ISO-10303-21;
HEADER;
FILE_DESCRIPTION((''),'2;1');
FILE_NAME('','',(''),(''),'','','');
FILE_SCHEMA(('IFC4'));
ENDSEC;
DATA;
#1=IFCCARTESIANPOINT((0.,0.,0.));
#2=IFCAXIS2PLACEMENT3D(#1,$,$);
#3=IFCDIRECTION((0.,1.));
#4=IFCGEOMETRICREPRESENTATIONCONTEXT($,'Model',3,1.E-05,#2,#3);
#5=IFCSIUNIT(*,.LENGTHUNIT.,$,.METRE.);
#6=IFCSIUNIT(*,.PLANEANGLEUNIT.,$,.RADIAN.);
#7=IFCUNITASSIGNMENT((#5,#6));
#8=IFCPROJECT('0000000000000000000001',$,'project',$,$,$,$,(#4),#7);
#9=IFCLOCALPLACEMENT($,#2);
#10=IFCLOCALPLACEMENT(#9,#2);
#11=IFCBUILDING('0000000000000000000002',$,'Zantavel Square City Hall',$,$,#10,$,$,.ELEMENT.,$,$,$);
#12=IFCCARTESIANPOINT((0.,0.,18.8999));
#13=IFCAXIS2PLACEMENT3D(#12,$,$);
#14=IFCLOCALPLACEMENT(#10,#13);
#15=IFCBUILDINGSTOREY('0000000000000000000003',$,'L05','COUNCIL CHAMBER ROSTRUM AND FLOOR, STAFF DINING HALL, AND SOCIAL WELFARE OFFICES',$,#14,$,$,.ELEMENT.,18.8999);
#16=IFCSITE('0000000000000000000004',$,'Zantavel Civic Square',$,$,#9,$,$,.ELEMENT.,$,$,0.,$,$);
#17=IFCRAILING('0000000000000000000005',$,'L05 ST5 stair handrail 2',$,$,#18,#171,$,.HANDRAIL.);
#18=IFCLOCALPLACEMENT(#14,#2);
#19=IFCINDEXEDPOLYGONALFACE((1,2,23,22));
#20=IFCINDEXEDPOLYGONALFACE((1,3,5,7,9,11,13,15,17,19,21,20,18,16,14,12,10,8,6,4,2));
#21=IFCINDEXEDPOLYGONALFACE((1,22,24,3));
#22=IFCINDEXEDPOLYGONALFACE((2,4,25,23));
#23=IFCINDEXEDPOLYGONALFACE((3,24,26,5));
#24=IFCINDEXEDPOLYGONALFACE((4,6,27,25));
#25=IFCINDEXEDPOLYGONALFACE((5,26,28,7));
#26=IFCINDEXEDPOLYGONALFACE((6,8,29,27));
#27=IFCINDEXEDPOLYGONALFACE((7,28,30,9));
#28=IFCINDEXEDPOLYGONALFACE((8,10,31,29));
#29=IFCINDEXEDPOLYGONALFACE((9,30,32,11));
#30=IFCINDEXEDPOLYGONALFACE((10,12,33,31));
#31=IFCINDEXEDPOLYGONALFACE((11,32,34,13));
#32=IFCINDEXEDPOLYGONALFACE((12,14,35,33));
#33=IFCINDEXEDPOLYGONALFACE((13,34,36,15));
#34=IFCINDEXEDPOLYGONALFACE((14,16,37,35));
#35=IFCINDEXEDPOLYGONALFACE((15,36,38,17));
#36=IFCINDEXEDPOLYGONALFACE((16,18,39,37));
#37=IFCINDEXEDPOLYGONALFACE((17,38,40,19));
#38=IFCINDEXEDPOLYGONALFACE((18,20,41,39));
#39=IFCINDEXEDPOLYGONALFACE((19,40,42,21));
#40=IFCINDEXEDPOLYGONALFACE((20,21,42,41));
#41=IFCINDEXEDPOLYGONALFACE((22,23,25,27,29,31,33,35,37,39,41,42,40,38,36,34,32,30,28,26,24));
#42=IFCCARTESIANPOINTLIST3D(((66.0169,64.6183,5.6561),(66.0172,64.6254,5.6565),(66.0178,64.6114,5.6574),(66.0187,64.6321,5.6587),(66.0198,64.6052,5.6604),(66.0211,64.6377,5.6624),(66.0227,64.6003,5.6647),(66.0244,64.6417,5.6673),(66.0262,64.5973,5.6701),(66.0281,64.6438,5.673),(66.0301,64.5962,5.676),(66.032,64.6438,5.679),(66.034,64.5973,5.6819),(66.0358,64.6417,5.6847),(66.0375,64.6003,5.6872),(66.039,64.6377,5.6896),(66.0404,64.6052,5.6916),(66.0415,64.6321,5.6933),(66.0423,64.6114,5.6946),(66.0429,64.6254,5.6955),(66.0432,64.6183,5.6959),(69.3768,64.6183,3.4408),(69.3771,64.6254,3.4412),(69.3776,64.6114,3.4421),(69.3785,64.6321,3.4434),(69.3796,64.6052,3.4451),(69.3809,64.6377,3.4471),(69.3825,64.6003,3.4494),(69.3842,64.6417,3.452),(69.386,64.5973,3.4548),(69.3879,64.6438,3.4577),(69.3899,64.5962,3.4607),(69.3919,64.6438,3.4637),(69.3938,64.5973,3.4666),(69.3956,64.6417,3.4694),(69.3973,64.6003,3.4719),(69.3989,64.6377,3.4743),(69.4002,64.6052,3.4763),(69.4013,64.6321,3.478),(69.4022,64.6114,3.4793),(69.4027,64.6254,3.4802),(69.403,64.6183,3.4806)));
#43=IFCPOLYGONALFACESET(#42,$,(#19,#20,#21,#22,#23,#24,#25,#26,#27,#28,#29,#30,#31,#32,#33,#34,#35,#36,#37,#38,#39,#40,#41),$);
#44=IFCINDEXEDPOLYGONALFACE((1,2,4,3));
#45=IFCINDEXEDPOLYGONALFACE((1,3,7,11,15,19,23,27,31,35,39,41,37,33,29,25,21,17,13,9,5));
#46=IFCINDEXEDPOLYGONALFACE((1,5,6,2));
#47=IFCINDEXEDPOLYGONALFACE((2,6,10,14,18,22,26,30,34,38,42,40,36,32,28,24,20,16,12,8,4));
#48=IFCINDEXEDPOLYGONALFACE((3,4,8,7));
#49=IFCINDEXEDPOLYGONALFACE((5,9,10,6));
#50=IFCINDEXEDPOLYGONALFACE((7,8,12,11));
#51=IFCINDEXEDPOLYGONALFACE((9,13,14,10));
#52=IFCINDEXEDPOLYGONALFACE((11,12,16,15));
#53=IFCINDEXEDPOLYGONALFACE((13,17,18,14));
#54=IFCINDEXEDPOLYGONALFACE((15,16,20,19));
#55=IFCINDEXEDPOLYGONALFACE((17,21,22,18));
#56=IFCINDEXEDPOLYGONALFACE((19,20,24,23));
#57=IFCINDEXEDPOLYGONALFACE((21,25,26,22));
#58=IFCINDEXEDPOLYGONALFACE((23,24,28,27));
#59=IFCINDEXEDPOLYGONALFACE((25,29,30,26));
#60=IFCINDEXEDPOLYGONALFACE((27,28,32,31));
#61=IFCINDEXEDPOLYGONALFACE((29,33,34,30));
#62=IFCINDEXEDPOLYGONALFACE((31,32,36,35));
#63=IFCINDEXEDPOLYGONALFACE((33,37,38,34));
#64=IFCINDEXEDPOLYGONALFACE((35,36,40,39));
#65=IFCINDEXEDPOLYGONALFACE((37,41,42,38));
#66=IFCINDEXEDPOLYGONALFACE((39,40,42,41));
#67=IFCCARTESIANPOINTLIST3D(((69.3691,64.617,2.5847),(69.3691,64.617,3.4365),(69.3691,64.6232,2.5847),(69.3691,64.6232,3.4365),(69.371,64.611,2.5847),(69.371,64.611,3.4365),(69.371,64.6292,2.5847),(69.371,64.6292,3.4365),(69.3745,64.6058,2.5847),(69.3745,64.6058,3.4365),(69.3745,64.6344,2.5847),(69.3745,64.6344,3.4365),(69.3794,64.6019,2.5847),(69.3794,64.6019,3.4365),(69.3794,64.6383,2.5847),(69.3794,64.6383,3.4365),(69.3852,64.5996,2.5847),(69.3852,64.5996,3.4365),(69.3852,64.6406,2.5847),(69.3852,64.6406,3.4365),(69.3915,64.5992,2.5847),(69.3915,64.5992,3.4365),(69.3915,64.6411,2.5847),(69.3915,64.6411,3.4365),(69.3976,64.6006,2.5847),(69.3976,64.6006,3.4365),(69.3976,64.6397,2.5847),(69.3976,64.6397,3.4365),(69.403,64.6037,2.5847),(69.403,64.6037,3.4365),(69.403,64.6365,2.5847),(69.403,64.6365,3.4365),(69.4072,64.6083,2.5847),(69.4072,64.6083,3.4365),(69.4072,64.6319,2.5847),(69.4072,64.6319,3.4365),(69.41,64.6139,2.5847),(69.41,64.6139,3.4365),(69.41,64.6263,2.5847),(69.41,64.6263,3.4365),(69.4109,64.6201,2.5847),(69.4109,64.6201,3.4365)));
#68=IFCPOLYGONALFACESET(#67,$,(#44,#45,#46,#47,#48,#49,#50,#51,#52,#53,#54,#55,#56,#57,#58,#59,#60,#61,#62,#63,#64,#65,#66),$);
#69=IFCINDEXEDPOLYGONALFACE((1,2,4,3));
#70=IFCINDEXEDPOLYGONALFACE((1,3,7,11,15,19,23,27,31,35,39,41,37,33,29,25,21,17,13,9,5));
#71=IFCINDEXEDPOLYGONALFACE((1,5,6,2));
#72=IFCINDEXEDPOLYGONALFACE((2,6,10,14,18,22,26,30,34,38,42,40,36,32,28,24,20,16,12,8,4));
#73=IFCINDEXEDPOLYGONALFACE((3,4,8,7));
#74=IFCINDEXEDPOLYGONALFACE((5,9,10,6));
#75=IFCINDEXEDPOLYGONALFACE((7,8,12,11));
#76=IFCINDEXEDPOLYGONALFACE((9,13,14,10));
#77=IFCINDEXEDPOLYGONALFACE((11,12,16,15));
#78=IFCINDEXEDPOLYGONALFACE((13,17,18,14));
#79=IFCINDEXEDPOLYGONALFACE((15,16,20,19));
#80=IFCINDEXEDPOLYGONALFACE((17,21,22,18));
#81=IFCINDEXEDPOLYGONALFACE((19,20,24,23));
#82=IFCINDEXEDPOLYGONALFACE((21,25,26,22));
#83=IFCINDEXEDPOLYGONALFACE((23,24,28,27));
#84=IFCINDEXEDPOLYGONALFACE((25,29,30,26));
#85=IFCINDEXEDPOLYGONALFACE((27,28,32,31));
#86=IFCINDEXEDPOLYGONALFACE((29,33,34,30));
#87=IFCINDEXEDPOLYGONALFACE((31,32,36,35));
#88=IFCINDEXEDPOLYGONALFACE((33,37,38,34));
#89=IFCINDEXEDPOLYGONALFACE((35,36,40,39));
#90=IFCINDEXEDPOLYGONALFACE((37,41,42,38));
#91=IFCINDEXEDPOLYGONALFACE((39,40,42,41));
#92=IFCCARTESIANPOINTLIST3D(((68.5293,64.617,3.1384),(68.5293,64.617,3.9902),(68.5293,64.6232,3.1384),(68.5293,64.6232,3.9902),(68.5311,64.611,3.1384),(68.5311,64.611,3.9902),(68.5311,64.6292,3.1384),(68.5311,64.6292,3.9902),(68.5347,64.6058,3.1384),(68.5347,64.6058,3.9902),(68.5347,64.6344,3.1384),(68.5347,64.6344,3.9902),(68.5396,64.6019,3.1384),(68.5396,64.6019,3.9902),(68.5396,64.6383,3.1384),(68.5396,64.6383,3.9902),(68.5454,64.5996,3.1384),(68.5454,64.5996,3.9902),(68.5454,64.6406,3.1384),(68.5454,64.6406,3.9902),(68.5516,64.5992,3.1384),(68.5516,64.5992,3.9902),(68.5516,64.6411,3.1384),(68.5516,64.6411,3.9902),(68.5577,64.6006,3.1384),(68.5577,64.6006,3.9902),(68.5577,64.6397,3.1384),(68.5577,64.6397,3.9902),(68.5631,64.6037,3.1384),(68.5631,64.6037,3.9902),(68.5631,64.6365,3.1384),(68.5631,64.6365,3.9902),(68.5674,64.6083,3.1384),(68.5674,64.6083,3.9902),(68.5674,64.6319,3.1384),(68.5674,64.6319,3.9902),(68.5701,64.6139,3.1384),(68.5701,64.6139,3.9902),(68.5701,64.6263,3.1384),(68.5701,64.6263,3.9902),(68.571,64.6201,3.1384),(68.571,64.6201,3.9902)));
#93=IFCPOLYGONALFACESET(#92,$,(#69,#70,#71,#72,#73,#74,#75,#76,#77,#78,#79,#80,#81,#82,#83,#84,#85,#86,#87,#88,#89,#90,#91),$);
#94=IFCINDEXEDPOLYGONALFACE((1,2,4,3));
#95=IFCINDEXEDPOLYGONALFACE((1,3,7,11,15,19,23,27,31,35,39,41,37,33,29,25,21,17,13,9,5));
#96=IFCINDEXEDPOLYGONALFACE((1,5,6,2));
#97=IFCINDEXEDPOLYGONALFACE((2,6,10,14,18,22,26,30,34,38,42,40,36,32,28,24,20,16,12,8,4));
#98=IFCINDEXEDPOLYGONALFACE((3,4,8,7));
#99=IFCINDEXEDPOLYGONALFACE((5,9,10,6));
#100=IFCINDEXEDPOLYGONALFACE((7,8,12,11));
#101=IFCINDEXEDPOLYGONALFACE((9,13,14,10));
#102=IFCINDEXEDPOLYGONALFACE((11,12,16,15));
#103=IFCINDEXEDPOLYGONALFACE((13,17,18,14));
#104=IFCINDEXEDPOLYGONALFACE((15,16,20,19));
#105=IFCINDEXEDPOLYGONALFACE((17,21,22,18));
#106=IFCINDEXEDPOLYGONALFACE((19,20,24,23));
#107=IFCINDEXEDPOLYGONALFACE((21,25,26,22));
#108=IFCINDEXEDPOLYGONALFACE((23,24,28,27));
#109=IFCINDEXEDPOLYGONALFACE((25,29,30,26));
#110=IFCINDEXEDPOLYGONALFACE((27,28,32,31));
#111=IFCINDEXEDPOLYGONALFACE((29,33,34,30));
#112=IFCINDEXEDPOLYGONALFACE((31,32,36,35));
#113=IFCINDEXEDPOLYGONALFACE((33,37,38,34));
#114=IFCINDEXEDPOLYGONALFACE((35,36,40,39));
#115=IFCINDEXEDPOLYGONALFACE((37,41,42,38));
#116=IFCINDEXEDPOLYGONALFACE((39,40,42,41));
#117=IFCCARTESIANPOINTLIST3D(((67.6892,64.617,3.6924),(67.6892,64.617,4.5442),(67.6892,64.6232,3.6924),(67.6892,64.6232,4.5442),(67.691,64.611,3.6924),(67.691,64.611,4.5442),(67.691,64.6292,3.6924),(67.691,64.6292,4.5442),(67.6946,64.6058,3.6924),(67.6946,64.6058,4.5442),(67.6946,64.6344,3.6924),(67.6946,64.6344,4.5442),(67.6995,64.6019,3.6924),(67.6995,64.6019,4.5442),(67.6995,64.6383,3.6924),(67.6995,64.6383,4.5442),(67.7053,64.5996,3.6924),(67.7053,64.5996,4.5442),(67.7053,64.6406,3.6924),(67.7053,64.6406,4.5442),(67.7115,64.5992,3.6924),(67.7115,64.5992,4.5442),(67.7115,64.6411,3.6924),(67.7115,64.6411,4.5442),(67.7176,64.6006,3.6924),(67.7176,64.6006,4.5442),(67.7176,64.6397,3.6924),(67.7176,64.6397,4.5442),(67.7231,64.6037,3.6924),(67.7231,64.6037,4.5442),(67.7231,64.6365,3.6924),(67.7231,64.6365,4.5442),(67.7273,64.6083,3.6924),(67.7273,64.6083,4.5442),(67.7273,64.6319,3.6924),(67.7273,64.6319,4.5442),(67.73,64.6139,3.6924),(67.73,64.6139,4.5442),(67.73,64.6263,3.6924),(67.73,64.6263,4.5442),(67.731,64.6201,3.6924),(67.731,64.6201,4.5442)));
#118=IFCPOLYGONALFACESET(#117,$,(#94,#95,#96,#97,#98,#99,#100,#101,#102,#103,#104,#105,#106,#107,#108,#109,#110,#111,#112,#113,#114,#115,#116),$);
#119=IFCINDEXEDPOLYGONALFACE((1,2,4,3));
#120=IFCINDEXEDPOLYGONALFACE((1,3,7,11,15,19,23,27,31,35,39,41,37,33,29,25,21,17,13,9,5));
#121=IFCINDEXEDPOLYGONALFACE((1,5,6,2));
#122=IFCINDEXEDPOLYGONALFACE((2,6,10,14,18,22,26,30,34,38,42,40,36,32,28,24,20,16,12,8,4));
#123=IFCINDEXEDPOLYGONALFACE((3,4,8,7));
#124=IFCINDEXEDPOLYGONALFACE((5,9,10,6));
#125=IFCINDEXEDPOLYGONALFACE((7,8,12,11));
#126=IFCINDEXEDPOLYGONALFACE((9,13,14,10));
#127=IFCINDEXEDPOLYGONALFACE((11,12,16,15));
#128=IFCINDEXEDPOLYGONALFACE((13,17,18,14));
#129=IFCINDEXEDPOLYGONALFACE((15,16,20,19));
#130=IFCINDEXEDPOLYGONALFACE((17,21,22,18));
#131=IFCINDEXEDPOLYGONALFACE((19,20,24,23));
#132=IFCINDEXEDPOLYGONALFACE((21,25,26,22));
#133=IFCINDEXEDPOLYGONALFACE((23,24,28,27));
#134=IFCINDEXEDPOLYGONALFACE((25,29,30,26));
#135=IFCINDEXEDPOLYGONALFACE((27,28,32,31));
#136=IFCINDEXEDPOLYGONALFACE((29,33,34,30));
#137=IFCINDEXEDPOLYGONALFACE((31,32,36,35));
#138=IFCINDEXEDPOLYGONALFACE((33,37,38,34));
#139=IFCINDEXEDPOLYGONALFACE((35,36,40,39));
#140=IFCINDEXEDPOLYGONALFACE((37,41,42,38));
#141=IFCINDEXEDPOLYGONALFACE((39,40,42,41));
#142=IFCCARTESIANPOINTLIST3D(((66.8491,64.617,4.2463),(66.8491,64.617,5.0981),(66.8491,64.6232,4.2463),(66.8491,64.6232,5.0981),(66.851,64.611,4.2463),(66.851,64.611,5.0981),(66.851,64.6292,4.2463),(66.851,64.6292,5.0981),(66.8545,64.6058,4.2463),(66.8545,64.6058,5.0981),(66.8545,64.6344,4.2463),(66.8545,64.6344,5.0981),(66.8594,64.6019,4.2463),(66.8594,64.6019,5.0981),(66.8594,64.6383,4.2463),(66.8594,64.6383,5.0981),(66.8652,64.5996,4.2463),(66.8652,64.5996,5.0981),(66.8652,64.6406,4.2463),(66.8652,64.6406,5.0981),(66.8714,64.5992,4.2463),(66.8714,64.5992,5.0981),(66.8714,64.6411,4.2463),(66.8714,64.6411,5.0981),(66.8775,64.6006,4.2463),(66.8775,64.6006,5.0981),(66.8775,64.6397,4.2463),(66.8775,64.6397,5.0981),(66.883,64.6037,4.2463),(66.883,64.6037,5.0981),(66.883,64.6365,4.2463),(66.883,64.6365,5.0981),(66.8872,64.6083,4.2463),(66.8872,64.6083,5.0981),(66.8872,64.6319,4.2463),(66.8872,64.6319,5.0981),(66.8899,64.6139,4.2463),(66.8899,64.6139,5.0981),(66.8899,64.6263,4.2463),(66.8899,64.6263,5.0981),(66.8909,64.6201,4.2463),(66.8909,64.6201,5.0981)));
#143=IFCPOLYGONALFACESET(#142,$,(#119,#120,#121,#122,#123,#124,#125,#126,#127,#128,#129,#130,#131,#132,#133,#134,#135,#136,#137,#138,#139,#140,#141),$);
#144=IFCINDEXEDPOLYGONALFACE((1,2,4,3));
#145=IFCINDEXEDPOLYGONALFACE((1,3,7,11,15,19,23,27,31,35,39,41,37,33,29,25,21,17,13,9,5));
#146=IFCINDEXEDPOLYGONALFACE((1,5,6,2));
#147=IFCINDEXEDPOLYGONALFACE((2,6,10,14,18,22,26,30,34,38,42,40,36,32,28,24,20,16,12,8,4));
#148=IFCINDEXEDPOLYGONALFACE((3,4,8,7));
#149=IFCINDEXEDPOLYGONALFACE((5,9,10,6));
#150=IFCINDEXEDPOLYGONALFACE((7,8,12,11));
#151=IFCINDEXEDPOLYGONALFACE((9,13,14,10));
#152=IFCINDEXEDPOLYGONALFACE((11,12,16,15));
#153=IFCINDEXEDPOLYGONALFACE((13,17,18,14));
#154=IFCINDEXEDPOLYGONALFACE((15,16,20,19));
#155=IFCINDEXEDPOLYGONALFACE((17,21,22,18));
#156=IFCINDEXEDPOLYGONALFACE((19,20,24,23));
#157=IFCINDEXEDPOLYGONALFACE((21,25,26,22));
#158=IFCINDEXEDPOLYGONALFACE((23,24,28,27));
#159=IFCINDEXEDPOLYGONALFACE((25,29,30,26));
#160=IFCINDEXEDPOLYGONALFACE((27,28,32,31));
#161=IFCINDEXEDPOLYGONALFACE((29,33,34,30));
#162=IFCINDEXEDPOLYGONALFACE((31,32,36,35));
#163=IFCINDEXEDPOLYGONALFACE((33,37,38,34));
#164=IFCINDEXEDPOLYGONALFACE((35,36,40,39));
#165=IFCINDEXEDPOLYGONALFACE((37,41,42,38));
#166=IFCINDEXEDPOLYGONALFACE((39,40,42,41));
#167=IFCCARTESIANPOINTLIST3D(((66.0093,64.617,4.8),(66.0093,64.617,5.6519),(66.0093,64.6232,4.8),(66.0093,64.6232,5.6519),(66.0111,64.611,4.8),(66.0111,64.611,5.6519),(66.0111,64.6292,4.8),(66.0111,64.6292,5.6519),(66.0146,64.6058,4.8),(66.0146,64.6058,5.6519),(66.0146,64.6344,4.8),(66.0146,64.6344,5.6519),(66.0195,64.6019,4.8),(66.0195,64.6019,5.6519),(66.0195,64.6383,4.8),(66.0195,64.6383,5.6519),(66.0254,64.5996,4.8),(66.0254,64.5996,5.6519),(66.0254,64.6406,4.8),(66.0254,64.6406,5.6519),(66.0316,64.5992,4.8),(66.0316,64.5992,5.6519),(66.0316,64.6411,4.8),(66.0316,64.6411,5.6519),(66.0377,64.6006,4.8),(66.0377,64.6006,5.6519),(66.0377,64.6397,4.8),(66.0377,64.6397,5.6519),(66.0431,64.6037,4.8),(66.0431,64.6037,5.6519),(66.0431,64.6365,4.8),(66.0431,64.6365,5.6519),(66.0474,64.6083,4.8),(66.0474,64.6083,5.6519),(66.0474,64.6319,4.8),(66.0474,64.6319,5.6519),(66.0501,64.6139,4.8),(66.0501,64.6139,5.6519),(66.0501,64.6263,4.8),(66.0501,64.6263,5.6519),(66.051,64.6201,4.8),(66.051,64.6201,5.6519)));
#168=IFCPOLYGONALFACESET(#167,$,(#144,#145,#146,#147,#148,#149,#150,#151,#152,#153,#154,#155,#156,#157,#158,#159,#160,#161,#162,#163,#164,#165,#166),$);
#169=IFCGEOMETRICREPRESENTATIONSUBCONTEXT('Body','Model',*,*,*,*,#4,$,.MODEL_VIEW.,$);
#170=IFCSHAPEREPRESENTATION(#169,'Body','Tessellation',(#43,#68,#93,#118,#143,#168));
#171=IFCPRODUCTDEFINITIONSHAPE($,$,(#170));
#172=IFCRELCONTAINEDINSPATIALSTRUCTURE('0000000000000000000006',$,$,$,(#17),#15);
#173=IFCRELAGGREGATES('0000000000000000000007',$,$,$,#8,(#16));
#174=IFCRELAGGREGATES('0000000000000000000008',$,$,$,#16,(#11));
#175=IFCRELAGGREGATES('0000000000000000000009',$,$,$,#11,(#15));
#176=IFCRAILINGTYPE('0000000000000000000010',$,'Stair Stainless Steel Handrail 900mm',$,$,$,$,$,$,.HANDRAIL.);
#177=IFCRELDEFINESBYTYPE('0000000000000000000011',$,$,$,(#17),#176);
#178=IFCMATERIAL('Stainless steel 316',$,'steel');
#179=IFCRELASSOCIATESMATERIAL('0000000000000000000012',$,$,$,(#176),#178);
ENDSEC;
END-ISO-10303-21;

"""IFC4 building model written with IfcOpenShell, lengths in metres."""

from ifc_helpers import new_model, si_unit, direction, frame, origin, origin_2d, place, context, subcontext, project, spatial, circle, extrude, material, type_object, element, save


model = new_model("IFC4")

# Units and contexts
model_context = context("Model", 3, precision=1e-05, world=origin(), true_north=direction((0.0, 1.0)))
body_context = subcontext(model_context, "Body", "Model", "MODEL_VIEW")
ifc_project = project(units=[si_unit("LENGTHUNIT", "METRE"), si_unit("PLANEANGLEUNIT", "RADIAN")], contexts=[model_context])

# Site, building, storey
site_placement = place(None, origin())
site = spatial("IfcSite", under=ifc_project, at=site_placement, Name="Zantavel Civic Square", CompositionType="ELEMENT", RefElevation=0.0)
building_placement = place(site_placement, origin())
building = spatial("IfcBuilding", under=site, at=building_placement, Name="Zantavel Square City Hall", CompositionType="ELEMENT")
storey_placement = place(building_placement, frame((0.0, 0.0, 18.8999)))
storey = spatial("IfcBuildingStorey", under=building, at=storey_placement, Name="L05", Description="COUNCIL CHAMBER ROSTRUM AND FLOOR, STAFF DINING HALL, AND SOCIAL WELFARE OFFICES", CompositionType="ELEMENT", Elevation=18.8999)

# Railing
ifc_material_1 = material(Name="Stainless steel 316", Category="steel")
railing_type_1 = type_object("IfcRailingType", Name="Stair Stainless Steel Handrail 900mm", PredefinedType="HANDRAIL", material=ifc_material_1)
railing_1_placement = place(storey_placement, frame((69.3899, 64.6201, 2.5847)))
element("IfcRailing", 1, at=railing_1_placement, inside=storey, type_object=railing_type_1, Name="L05 ST5 stair handrail 2", PredefinedType="HANDRAIL", context=body_context, shape_type="SweptSolid", body=[
    extrude(circle(Radius=0.0239, at=origin_2d()), frame((0.0, 0.0, 0.876), z_axis=(-0.834858, 0.0, 0.550465), x_axis=(0.0, -1.0, 0.0)), (0.0, 0.0, 1.0), 4.0244),
    extrude(circle(Radius=0.021, at=origin_2d()), origin(), (0.0, 0.0, 1.0), 0.8518),
    extrude(circle(Radius=0.021, at=origin_2d()), frame((-0.8398, 0.0, 0.5537)), (0.0, 0.0, 1.0), 0.8518),
    extrude(circle(Radius=0.021, at=origin_2d()), frame((-1.6799, 0.0, 1.1077)), (0.0, 0.0, 1.0), 0.8518),
    extrude(circle(Radius=0.021, at=origin_2d()), frame((-2.52, 0.0, 1.6616)), (0.0, 0.0, 1.0), 0.8518),
    extrude(circle(Radius=0.021, at=origin_2d()), frame((-3.3599, 0.0, 2.2153)), (0.0, 0.0, 1.0), 0.8518),
])

save(model, "model.ifc")
